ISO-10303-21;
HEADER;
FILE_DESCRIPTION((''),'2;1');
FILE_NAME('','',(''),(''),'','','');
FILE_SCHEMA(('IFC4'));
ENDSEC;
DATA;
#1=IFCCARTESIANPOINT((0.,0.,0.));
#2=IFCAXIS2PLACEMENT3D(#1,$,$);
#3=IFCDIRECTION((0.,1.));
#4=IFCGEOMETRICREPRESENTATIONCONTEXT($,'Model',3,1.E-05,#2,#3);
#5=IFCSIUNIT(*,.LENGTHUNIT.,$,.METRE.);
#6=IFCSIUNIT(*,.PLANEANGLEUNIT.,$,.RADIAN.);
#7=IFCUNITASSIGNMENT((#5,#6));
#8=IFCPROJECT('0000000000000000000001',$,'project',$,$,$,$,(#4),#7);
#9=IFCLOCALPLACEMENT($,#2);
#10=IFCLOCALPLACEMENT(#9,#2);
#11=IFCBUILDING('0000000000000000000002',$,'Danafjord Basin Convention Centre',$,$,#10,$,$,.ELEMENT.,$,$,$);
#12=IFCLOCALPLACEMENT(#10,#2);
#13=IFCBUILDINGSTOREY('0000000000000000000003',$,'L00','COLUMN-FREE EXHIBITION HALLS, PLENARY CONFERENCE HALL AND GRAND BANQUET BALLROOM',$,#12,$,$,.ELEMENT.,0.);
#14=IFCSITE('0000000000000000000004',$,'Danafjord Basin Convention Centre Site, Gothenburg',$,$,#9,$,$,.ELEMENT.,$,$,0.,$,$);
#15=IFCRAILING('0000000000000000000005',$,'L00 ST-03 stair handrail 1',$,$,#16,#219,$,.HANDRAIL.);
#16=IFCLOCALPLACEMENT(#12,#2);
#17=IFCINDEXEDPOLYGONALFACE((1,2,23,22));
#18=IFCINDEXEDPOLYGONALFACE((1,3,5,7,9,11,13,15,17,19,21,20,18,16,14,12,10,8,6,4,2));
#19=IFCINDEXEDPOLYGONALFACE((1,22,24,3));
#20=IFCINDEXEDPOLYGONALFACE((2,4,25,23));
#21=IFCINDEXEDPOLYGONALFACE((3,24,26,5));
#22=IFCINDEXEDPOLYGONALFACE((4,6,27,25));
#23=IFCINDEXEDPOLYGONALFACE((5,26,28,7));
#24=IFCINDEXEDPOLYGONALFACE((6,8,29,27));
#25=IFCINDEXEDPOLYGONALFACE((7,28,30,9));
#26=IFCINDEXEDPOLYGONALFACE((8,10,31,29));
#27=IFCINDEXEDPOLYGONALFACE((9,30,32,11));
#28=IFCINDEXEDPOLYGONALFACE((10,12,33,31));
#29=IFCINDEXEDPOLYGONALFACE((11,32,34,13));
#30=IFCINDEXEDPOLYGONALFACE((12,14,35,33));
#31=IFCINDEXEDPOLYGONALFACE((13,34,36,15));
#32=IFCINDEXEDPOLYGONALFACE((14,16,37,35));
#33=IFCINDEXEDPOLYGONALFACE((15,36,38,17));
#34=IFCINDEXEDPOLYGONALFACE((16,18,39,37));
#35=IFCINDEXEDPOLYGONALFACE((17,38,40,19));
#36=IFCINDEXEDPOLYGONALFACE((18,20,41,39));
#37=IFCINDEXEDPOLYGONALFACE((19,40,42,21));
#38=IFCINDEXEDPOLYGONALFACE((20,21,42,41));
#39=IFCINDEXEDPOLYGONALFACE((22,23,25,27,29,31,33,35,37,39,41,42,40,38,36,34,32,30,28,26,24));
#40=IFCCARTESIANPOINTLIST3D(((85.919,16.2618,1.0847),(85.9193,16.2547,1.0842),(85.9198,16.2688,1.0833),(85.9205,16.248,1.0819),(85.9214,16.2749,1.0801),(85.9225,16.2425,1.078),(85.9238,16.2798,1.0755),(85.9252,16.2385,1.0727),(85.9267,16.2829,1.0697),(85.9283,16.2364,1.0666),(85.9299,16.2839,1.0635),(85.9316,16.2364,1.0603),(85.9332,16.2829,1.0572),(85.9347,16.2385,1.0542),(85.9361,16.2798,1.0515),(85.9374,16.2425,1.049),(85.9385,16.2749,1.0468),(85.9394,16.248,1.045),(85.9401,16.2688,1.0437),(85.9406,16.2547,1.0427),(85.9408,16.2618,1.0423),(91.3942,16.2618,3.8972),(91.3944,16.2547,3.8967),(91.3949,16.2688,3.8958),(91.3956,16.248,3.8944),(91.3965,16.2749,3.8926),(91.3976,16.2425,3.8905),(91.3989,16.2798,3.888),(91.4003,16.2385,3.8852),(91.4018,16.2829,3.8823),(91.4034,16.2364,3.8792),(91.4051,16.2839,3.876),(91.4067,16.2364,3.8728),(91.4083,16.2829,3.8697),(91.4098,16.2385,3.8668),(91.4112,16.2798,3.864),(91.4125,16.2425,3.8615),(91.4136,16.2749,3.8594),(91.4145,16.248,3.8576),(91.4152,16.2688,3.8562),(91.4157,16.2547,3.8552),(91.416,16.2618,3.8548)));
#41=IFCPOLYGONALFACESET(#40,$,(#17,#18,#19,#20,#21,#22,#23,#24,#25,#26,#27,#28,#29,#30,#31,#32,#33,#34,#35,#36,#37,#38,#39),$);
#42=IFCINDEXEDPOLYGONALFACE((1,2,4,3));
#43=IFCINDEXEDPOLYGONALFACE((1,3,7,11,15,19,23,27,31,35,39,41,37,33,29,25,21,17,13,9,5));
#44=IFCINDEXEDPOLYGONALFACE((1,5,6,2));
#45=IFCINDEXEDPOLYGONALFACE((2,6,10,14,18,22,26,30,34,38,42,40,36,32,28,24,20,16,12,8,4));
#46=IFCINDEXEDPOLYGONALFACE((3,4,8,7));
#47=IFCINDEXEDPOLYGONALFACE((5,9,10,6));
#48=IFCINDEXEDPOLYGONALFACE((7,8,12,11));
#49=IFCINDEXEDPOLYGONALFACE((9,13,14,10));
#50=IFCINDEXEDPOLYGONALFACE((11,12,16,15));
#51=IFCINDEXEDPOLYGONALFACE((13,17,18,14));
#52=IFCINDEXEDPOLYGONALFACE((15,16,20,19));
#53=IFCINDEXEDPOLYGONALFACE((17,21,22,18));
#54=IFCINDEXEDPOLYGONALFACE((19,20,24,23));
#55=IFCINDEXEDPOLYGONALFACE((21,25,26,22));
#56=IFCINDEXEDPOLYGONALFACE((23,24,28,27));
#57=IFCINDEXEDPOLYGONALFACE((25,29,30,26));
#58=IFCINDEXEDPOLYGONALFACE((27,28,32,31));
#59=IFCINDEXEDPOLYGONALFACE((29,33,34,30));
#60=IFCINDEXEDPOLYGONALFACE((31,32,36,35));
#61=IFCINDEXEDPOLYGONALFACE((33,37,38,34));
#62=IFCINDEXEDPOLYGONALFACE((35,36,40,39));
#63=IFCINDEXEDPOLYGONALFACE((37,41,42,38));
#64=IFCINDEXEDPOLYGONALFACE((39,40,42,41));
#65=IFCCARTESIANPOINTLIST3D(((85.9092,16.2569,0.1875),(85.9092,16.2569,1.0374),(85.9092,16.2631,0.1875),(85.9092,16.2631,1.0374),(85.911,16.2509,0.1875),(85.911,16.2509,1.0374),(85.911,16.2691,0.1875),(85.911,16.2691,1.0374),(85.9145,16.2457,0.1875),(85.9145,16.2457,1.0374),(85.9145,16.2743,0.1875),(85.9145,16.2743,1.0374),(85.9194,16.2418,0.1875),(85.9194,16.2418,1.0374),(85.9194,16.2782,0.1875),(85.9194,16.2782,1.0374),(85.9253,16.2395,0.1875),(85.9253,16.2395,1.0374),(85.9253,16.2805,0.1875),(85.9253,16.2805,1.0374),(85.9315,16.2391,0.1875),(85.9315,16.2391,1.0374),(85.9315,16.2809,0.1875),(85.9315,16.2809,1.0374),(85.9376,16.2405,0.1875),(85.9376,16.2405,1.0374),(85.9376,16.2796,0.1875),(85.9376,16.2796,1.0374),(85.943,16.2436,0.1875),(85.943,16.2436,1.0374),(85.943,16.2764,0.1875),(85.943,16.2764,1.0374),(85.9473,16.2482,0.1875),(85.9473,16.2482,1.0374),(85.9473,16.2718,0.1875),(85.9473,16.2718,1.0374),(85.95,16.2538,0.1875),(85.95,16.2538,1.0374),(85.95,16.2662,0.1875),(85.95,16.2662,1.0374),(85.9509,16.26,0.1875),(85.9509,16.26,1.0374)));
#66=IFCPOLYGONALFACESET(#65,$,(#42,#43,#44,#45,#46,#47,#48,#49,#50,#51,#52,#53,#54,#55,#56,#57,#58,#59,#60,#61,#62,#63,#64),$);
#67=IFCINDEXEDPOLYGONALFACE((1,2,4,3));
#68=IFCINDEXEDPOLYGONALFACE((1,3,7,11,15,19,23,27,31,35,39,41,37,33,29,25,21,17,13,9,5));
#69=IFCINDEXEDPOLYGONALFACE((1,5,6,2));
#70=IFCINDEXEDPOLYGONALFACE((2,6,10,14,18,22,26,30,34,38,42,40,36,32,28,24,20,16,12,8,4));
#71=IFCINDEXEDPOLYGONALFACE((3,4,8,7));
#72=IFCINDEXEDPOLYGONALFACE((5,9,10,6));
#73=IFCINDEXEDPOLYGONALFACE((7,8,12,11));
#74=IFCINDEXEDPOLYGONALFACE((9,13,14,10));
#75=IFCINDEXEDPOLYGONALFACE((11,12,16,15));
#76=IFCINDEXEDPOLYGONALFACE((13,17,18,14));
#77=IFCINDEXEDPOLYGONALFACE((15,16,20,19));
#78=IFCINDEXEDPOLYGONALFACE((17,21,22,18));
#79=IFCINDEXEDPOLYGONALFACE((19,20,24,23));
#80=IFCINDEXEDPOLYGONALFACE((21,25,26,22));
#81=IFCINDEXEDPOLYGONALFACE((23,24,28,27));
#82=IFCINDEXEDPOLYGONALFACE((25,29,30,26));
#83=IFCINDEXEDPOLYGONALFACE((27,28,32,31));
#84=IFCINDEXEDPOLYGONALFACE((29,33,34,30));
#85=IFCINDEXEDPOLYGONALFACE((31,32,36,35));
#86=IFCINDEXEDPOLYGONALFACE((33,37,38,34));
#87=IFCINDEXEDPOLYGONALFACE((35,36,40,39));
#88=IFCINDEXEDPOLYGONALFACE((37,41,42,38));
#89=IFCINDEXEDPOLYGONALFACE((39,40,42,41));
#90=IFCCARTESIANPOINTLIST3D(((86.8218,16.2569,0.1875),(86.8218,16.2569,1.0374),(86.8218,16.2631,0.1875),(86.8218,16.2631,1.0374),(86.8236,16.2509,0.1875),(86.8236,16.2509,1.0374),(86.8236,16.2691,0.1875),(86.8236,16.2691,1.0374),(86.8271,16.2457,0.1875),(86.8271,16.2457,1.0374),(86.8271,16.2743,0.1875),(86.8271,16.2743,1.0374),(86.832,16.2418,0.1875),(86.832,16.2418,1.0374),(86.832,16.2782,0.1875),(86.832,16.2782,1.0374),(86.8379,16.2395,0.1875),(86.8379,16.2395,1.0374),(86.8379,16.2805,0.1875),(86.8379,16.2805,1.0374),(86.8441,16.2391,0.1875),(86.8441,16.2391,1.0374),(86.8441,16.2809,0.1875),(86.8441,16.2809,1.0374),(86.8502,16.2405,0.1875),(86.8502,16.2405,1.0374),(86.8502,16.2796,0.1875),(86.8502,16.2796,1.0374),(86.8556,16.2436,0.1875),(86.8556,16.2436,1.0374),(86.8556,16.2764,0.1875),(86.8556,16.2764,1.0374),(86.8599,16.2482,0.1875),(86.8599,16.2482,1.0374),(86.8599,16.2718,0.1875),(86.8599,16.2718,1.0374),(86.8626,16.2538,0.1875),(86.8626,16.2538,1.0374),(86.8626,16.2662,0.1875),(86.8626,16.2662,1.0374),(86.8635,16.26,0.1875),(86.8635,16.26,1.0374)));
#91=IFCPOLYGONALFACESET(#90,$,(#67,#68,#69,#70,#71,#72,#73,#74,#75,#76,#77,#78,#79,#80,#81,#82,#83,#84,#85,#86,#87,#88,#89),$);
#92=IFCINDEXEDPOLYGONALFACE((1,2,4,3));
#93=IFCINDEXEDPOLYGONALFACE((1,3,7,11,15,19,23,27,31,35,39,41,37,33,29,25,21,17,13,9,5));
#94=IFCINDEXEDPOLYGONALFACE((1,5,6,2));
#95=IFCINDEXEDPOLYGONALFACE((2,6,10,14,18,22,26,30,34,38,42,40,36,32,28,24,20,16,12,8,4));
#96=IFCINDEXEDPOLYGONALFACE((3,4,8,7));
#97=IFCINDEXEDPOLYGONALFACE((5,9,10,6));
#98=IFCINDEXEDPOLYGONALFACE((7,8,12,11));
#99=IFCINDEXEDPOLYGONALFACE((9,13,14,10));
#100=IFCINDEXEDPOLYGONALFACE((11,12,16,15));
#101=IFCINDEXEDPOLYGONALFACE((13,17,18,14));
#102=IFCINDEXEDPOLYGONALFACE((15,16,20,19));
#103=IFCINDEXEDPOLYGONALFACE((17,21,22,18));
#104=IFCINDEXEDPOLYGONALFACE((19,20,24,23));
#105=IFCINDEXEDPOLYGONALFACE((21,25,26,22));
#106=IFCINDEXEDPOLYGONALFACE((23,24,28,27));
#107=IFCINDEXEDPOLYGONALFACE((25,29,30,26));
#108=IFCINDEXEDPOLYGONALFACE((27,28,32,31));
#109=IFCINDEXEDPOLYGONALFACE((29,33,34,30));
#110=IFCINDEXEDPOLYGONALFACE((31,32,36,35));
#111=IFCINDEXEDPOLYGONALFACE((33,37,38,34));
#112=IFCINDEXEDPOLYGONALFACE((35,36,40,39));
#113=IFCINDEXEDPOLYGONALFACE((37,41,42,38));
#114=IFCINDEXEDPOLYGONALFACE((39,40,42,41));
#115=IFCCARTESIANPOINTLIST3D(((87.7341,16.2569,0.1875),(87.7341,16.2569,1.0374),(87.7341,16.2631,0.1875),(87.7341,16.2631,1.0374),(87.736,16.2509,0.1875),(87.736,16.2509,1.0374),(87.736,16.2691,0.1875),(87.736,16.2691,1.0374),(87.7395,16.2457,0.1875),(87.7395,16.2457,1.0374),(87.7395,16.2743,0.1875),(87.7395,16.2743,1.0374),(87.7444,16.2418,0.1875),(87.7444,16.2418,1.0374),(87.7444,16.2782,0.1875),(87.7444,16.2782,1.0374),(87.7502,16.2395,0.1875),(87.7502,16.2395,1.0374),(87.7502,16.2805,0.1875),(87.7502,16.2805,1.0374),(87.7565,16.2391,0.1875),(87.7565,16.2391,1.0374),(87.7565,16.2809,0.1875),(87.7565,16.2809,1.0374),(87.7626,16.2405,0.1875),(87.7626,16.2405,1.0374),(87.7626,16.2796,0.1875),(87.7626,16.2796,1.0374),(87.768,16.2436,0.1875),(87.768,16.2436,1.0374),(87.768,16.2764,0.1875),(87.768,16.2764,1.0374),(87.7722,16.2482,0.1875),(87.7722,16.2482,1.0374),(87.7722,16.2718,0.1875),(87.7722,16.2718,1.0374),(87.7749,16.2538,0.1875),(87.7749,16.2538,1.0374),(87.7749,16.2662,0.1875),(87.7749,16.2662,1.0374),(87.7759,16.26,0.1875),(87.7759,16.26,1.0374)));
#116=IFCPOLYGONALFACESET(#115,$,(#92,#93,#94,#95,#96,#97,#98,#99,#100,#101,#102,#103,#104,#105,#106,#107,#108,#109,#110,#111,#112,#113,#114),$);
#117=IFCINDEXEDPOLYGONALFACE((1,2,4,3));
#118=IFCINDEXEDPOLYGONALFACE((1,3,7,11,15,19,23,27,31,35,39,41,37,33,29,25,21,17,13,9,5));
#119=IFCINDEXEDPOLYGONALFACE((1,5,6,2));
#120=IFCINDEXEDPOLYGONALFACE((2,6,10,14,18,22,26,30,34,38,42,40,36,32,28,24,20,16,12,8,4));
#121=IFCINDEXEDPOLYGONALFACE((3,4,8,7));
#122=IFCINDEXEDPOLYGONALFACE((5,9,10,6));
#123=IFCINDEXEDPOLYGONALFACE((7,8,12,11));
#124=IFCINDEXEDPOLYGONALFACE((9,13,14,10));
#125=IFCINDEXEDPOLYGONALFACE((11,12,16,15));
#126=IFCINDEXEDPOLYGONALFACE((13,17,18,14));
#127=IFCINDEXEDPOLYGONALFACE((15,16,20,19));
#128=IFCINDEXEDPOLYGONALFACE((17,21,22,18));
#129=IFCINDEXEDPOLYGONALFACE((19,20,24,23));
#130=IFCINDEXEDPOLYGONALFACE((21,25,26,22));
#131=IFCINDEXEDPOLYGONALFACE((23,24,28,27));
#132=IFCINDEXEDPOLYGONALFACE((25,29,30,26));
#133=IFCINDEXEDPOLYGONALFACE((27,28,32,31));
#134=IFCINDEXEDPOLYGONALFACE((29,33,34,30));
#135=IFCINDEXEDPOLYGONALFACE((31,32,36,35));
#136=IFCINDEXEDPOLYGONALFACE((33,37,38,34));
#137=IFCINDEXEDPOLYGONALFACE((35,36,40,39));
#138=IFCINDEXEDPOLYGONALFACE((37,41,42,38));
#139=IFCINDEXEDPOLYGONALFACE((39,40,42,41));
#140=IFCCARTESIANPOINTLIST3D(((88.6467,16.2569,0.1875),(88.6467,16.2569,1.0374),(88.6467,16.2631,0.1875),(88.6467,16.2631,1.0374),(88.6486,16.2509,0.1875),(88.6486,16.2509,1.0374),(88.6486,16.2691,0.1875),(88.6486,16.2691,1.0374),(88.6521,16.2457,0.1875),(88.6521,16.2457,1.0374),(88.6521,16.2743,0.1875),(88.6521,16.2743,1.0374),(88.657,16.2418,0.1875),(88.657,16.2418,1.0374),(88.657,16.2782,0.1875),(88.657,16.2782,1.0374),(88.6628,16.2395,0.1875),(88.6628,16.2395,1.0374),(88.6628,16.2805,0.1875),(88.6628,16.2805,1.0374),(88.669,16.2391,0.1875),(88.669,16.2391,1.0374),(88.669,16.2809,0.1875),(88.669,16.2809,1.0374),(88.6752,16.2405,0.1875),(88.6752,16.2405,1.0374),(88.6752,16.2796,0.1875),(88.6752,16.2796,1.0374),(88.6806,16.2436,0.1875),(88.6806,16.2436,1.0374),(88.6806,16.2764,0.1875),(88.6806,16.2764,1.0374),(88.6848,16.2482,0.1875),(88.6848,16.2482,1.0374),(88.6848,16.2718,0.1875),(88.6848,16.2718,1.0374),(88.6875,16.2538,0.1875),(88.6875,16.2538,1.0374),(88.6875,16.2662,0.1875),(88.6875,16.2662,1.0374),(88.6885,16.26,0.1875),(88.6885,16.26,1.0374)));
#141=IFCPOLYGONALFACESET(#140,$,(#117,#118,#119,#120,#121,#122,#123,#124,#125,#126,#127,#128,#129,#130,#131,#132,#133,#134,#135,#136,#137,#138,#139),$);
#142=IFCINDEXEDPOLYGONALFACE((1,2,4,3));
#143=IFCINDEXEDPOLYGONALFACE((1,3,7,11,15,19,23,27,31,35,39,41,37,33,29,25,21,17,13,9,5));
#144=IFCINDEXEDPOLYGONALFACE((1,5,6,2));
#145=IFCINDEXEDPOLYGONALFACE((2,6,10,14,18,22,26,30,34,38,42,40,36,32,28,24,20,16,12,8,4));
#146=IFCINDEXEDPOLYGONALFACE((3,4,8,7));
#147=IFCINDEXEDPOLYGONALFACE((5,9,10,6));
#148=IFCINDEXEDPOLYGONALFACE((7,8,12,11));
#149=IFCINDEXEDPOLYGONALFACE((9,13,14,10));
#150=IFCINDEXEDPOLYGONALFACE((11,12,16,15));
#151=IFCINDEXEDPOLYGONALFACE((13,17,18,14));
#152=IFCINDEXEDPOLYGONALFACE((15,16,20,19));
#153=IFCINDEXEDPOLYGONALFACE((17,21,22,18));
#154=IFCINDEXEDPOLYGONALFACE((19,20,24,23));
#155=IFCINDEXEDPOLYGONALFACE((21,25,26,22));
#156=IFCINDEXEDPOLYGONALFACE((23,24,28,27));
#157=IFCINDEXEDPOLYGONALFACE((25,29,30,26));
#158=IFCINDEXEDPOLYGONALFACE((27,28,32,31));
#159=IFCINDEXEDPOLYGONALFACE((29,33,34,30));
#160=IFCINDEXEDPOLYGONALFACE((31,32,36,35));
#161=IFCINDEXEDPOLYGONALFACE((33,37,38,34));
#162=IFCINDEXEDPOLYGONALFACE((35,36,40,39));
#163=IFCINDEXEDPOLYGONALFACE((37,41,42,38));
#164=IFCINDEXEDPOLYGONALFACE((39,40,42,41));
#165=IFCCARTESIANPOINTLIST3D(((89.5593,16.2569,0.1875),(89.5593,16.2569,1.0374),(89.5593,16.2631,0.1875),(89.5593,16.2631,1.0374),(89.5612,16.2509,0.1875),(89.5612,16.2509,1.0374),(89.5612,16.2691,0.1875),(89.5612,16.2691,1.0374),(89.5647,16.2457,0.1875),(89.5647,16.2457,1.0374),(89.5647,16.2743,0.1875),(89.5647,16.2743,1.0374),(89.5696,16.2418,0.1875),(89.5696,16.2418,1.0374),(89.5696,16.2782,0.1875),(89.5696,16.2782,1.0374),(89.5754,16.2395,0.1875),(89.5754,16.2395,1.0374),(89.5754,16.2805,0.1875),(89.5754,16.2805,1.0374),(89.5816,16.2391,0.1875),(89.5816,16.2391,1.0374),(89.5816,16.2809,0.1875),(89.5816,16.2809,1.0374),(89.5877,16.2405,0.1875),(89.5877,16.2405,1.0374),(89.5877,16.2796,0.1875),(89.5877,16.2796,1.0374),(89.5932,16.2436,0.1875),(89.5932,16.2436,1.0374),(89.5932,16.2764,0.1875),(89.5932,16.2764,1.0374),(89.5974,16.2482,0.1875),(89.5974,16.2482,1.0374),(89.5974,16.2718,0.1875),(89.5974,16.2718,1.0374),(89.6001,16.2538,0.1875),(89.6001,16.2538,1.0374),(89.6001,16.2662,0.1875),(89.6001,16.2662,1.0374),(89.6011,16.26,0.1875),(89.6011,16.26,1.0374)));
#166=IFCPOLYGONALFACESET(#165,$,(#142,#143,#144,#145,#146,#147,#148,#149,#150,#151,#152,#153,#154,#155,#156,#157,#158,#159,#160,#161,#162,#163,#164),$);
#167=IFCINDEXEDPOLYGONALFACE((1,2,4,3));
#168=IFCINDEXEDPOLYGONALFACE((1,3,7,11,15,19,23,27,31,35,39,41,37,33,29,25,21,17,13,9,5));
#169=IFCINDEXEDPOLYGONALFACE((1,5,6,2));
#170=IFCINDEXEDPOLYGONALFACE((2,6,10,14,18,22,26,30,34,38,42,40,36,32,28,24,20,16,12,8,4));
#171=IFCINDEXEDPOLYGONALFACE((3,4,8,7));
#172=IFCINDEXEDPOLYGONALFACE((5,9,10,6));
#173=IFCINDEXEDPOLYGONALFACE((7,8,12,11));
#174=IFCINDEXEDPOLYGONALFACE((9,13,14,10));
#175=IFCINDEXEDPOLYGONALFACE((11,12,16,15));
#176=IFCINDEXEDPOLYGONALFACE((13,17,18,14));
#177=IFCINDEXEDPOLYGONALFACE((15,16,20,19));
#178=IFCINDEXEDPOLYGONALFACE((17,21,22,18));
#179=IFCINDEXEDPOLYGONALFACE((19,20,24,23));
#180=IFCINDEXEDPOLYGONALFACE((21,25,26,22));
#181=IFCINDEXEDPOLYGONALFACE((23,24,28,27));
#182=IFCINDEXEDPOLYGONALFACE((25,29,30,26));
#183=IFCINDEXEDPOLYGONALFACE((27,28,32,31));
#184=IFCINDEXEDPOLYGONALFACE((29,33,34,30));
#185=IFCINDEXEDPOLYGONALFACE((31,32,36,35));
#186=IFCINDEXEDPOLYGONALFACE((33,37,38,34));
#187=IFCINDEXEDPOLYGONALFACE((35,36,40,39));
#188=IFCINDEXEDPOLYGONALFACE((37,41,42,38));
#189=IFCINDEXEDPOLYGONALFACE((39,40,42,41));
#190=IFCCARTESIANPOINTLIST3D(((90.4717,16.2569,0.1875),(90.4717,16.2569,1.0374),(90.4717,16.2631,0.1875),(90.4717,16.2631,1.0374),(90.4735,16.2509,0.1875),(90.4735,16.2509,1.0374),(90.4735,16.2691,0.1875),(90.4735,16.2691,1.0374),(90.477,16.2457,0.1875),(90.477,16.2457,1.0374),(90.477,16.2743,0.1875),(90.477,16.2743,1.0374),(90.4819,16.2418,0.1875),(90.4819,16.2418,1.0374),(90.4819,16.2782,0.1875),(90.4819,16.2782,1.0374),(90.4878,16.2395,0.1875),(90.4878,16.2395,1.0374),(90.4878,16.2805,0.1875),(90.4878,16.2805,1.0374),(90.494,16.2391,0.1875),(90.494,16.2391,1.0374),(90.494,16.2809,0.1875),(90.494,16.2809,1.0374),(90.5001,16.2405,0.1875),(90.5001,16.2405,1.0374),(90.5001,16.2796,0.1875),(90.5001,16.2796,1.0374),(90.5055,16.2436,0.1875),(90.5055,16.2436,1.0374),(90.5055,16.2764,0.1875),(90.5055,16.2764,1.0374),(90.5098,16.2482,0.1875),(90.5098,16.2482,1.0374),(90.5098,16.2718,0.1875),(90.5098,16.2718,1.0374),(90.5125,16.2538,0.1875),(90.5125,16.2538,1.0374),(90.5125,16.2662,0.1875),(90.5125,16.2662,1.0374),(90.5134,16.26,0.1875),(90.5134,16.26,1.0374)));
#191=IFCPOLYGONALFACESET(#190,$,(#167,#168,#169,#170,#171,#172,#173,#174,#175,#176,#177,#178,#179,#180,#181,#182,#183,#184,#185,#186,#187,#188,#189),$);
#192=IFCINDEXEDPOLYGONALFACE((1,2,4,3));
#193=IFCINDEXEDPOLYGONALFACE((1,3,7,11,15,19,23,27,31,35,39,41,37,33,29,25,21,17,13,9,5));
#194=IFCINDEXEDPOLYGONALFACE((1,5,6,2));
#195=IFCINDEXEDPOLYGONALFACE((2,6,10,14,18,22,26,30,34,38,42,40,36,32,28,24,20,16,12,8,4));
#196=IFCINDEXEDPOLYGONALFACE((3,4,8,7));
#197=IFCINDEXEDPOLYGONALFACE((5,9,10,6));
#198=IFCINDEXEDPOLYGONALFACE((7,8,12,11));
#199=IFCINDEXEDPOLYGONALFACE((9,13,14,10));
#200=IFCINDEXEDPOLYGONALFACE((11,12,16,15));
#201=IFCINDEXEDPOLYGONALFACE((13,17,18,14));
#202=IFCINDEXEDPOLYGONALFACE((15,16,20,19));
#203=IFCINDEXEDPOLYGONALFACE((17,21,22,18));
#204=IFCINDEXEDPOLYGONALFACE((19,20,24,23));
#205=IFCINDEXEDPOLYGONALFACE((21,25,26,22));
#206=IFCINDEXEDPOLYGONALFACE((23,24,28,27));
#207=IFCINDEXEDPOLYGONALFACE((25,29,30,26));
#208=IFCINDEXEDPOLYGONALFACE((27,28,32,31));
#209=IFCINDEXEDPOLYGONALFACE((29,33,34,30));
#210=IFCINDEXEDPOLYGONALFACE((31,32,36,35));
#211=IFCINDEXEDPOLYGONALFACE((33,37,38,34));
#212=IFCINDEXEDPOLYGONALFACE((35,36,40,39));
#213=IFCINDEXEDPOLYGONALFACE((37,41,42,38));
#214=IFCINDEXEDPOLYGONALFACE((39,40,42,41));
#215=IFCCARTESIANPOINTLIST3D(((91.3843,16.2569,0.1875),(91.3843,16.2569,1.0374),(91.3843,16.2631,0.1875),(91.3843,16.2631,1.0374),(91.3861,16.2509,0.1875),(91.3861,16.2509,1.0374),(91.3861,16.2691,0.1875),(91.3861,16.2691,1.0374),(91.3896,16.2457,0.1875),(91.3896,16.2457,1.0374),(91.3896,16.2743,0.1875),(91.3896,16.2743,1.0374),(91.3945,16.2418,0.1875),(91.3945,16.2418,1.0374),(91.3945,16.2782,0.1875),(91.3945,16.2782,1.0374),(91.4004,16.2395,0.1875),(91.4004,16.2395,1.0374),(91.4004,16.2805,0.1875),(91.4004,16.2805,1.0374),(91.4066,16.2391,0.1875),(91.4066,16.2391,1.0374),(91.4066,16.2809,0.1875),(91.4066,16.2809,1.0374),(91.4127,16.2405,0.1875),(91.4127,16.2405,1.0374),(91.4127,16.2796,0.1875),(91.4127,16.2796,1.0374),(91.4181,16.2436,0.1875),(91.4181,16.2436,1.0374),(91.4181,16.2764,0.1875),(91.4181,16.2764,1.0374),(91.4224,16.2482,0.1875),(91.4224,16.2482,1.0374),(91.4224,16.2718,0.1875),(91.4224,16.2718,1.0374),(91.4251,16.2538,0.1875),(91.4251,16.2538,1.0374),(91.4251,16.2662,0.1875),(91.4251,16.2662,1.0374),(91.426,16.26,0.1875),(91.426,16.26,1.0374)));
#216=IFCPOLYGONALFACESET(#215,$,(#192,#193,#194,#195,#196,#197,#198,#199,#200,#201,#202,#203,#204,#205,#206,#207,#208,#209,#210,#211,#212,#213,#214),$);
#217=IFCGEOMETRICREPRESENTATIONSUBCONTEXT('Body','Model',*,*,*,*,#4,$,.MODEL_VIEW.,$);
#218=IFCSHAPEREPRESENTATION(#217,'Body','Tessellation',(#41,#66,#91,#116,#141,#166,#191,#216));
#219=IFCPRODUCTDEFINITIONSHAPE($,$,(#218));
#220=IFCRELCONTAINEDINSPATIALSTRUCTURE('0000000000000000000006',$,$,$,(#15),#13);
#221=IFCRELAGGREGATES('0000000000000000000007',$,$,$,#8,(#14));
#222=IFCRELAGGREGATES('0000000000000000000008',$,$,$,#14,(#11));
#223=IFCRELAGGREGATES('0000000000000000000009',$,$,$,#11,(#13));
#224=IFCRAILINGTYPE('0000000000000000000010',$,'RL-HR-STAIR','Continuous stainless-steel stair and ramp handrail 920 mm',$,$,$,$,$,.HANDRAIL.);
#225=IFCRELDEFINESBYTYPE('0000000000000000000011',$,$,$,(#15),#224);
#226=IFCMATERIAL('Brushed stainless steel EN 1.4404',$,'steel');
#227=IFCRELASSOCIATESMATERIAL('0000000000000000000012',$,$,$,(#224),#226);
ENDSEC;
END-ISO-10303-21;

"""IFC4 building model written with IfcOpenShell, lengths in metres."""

from ifc_helpers import new_model, si_unit, direction, frame, origin, origin_2d, place, context, subcontext, project, spatial, circle, extrude, material, type_object, element, save


model = new_model("IFC4")

# Units and contexts
model_context = context("Model", 3, precision=1e-05, world=origin(), true_north=direction((0.0, 1.0)))
body_context = subcontext(model_context, "Body", "Model", "MODEL_VIEW")
ifc_project = project(units=[si_unit("LENGTHUNIT", "METRE"), si_unit("PLANEANGLEUNIT", "RADIAN")], contexts=[model_context])

# Site, building, storey
site_placement = place(None, origin())
site = spatial("IfcSite", under=ifc_project, at=site_placement, Name="Danafjord Basin Convention Centre Site, Gothenburg", CompositionType="ELEMENT", RefElevation=0.0)
building_placement = place(site_placement, origin())
building = spatial("IfcBuilding", under=site, at=building_placement, Name="Danafjord Basin Convention Centre", CompositionType="ELEMENT")
storey_placement = place(building_placement, origin())
storey = spatial("IfcBuildingStorey", under=building, at=storey_placement, Name="L00", Description="COLUMN-FREE EXHIBITION HALLS, PLENARY CONFERENCE HALL AND GRAND BANQUET BALLROOM", CompositionType="ELEMENT", Elevation=0.0)

# Railing
ifc_material_1 = material(Name="Brushed stainless steel EN 1.4404", Category="steel")
railing_type_1 = type_object("IfcRailingType", Name="RL-HR-STAIR", Description="Continuous stainless-steel stair and ramp handrail 920 mm", PredefinedType="HANDRAIL", material=ifc_material_1)
railing_1_placement = place(storey_placement, frame((85.9299, 16.26, 0.1875)))
element("IfcRailing", 1, at=railing_1_placement, inside=storey, type_object=railing_type_1, Name="L00 ST-03 stair handrail 1", PredefinedType="HANDRAIL", context=body_context, shape_type="SweptSolid", body=[
    extrude(circle(Radius=0.0239, at=origin_2d()), frame((0.0, 0.0, 0.876), z_axis=(0.889503, 0.0, 0.456929), x_axis=(0.0, 1.0, 0.0)), (0.0, 0.0, 1.0), 6.1553),
    extrude(circle(Radius=0.021, at=origin_2d()), origin(), (0.0, 0.0, 1.0), 0.8499),
    extrude(circle(Radius=0.021, at=origin_2d()), frame((0.9126, 0.0, 0.0)), (0.0, 0.0, 1.0), 0.8499),
    extrude(circle(Radius=0.021, at=origin_2d()), frame((1.825, 0.0, 0.0)), (0.0, 0.0, 1.0), 0.8499),
    extrude(circle(Radius=0.021, at=origin_2d()), frame((2.7375, 0.0, 0.0)), (0.0, 0.0, 1.0), 0.8499),
    extrude(circle(Radius=0.021, at=origin_2d()), frame((3.6501, 0.0, 0.0)), (0.0, 0.0, 1.0), 0.8499),
    extrude(circle(Radius=0.021, at=origin_2d()), frame((4.5625, 0.0, 0.0)), (0.0, 0.0, 1.0), 0.8499),
    extrude(circle(Radius=0.021, at=origin_2d()), frame((5.4751, 0.0, 0.0)), (0.0, 0.0, 1.0), 0.8499),
])

save(model, "model.ifc")
